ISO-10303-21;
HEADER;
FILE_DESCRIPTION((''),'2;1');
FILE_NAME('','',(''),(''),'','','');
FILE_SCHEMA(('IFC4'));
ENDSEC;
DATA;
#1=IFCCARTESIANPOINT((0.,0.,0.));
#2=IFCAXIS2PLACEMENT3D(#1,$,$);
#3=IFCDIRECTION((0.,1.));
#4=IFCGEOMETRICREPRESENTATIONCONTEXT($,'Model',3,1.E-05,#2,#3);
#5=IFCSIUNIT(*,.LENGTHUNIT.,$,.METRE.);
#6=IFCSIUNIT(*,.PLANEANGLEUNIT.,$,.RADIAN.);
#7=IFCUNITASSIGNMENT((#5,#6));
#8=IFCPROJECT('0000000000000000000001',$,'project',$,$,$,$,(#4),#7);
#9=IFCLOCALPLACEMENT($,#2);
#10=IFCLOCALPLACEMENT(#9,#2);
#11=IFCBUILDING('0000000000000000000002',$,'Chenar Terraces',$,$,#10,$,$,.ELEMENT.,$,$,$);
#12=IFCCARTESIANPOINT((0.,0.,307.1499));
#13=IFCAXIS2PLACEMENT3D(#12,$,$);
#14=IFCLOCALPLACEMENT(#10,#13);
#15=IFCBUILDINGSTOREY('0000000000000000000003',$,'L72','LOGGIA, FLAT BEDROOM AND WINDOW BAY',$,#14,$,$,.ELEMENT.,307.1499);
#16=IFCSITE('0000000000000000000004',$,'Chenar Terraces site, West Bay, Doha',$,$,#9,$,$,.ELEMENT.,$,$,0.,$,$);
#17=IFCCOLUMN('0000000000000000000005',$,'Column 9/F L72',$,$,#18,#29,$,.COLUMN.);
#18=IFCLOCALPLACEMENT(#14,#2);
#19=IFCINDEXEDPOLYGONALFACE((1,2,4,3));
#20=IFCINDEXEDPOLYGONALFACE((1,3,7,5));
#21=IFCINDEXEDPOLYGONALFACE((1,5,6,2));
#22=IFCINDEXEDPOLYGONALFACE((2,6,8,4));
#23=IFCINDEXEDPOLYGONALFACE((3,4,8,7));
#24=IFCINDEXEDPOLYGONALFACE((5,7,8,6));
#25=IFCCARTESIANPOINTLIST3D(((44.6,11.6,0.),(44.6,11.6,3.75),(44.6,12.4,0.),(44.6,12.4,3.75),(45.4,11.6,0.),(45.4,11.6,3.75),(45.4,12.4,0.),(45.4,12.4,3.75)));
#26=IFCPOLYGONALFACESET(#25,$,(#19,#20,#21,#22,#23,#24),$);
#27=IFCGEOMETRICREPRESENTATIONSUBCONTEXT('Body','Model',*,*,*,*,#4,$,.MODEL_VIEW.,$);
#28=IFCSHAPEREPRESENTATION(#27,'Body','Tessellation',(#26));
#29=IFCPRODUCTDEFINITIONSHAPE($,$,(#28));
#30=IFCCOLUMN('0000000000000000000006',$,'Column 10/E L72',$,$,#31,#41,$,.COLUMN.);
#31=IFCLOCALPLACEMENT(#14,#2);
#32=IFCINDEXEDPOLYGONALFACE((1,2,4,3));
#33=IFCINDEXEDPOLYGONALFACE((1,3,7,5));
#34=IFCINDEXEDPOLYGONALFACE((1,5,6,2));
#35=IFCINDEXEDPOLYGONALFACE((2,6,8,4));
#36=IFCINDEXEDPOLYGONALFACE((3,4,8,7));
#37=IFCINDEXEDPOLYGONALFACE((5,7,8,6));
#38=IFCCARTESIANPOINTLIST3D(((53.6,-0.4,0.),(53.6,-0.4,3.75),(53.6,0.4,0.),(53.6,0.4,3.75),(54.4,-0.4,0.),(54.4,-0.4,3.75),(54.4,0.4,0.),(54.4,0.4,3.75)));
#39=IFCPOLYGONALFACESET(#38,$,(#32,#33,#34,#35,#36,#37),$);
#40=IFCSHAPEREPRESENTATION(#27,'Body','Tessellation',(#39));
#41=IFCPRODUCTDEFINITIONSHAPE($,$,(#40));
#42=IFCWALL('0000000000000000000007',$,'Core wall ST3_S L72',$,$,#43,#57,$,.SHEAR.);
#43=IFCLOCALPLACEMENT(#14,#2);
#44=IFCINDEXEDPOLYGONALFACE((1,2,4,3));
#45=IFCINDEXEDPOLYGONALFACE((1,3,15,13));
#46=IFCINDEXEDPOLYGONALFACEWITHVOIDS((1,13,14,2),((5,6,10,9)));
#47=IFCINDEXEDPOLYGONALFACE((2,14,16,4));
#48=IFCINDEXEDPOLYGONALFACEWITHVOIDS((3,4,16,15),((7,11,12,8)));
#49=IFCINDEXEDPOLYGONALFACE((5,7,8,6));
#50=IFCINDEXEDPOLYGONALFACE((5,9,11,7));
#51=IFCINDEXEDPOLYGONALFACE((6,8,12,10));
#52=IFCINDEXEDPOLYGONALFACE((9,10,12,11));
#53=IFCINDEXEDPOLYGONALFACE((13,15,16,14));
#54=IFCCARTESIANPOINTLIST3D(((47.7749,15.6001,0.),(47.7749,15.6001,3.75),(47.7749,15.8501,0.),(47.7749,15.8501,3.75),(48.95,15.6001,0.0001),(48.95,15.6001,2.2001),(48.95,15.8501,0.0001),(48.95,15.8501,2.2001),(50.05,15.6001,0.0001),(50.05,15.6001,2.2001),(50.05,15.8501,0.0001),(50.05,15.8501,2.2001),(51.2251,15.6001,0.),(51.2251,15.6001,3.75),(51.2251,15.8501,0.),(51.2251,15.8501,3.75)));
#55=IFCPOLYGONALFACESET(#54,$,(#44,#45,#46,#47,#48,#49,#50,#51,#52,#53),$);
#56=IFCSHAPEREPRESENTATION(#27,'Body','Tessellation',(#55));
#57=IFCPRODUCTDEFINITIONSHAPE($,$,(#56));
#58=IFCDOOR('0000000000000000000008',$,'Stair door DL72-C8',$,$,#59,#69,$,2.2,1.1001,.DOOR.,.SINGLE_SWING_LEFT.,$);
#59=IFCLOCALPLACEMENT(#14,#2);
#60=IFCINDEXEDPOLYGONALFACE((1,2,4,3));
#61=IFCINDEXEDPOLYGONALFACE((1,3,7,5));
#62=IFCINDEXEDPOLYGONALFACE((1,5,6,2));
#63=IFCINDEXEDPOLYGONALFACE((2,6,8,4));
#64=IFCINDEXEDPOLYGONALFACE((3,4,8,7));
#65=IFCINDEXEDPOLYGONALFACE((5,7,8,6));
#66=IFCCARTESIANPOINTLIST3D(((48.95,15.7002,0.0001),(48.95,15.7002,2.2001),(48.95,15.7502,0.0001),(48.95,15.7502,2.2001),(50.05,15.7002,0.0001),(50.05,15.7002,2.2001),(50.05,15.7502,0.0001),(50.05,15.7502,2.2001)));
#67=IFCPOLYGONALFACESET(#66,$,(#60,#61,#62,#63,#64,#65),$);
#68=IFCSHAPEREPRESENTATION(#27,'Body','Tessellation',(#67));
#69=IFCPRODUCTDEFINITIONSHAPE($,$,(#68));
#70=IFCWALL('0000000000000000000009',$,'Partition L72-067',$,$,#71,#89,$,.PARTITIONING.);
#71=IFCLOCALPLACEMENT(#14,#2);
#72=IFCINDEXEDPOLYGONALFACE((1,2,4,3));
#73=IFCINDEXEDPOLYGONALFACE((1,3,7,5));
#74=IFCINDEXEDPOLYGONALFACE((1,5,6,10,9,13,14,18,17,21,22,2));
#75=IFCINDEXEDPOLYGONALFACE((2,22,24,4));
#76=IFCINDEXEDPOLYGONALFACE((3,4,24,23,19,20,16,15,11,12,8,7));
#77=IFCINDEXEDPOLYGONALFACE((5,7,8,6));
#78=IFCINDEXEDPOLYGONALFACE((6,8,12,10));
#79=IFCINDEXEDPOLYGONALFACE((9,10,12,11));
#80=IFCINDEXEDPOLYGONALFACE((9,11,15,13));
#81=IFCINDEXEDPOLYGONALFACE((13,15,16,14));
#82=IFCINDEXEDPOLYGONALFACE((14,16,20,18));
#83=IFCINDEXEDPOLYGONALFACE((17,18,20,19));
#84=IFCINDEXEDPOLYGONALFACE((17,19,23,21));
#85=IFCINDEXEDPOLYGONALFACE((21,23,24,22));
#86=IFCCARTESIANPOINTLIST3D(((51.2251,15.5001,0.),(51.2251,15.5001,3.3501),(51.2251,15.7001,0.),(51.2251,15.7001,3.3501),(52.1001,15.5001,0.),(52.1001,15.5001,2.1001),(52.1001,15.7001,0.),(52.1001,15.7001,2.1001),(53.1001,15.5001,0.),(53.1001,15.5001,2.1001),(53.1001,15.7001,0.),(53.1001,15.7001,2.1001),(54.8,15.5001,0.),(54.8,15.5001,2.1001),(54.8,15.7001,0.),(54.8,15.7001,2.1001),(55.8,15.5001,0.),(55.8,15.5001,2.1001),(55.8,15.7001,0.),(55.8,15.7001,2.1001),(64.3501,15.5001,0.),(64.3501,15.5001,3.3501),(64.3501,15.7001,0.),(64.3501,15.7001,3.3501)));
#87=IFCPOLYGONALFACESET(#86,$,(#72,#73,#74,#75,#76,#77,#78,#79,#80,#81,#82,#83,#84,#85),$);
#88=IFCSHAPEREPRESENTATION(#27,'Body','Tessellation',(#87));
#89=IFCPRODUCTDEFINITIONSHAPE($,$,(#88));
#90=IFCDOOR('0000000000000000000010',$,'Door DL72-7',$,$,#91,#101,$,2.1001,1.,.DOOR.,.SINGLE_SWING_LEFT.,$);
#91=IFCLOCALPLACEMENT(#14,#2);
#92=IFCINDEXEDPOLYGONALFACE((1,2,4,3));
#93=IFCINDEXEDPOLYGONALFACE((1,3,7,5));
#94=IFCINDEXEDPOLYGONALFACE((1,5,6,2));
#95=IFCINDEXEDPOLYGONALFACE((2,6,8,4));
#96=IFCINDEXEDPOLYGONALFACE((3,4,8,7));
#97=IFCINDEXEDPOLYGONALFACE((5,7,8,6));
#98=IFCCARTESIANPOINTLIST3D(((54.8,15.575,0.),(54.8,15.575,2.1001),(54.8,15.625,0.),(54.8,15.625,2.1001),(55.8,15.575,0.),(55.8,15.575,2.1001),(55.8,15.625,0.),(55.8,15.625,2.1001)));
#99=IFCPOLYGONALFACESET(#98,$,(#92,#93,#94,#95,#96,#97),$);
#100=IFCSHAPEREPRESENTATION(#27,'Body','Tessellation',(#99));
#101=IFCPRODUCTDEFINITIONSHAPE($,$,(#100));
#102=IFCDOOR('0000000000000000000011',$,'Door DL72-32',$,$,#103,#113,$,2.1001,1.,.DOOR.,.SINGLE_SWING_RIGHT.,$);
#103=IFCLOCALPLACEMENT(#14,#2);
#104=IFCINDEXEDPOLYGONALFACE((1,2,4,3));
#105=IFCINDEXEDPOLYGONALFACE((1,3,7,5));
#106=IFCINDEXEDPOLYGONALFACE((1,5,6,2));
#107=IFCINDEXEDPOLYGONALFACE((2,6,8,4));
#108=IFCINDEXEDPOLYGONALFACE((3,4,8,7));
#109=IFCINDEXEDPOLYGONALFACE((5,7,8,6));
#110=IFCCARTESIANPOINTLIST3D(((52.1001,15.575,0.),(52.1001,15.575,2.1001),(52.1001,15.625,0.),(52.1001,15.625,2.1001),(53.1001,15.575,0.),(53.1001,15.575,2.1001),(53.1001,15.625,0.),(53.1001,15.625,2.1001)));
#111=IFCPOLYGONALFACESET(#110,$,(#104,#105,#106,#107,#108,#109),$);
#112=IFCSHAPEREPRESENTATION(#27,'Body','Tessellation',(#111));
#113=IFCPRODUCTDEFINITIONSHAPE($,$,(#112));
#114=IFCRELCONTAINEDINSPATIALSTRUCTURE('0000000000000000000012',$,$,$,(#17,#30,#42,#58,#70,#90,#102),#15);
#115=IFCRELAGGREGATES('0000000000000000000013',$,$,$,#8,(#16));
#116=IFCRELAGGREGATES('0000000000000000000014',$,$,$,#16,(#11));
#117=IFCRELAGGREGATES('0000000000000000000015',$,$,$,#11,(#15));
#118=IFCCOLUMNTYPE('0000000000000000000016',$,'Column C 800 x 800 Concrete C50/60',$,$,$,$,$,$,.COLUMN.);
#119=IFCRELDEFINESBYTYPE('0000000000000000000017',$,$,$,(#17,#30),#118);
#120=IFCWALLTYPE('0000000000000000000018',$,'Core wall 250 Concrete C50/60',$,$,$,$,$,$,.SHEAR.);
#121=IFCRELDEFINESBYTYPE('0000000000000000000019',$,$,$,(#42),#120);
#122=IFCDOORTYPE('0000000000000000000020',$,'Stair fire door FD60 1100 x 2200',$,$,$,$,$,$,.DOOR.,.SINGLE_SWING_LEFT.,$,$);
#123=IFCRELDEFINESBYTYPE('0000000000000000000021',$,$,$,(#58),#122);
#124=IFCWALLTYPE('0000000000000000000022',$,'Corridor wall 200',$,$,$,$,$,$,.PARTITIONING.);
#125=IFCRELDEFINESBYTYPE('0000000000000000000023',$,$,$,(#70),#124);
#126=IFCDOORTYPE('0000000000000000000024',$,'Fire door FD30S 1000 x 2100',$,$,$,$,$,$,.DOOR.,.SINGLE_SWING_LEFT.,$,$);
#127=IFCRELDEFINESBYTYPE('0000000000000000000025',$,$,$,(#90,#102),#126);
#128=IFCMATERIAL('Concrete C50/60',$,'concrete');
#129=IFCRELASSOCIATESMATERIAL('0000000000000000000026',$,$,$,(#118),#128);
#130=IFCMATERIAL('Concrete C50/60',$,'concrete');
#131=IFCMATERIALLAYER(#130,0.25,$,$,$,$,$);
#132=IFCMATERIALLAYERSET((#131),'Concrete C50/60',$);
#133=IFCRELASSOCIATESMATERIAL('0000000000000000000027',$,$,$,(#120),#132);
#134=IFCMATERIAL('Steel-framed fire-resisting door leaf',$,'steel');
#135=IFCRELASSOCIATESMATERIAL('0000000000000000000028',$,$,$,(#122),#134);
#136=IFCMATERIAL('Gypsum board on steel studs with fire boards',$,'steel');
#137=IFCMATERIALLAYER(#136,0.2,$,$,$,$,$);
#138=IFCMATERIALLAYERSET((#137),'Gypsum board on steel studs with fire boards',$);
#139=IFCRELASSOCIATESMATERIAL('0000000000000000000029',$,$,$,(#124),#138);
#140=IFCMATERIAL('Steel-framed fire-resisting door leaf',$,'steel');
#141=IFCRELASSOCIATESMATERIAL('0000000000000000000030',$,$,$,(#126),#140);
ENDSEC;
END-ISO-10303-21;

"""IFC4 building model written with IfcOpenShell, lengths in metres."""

from ifc_helpers import new_model, si_unit, direction, frame, frame_2d, origin, origin_2d, place, context, subcontext, project, spatial, rectangle, extrude, material, layer, layer_set, material_profile, profile_set, type_object, element, fill, save


model = new_model("IFC4")

# Units and contexts
model_context = context("Model", 3, precision=1e-05, world=origin(), true_north=direction((0.0, 1.0)))
body_context = subcontext(model_context, "Body", "Model", "MODEL_VIEW")
ifc_project = project(units=[si_unit("LENGTHUNIT", "METRE"), si_unit("PLANEANGLEUNIT", "RADIAN")], contexts=[model_context])

# Site, building, storey
site_placement = place(None, origin())
site = spatial("IfcSite", under=ifc_project, at=site_placement, Name="Chenar Terraces site, West Bay, Doha", CompositionType="ELEMENT", RefElevation=0.0)
building_placement = place(site_placement, origin())
building = spatial("IfcBuilding", under=site, at=building_placement, Name="Chenar Terraces", CompositionType="ELEMENT")
storey_placement = place(building_placement, frame((0.0, 0.0, 307.1499)))
storey = spatial("IfcBuildingStorey", under=building, at=storey_placement, Name="L72", Description="LOGGIA, FLAT BEDROOM AND WINDOW BAY", CompositionType="ELEMENT", Elevation=307.1499)

# Columns
ifc_material_1 = material(Name="Concrete C50/60", Category="concrete")
ifc_material_profile = material_profile(ifc_material_1, rectangle(XDim=0.8, YDim=0.8, at=origin_2d()), Name="C 800 x 800")
ifc_profile_set = profile_set([ifc_material_profile], Name="Concrete C50/60")
column_type = type_object("IfcColumnType", Name="Column C 800 x 800 Concrete C50/60", PredefinedType="COLUMN", material=ifc_profile_set)
for number, where, z_axis, x_axis, name in (
    (1, (45.0, 12.0, 0.0), (0.0, 0.0, 1.0), (1.0, 0.0, 0.0), "Column 9/F L72"),
    (2, (54.0, 0.0, 0.0), (0.0, 0.0, 1.0), (1.0, 0.0, 0.0), "Column 10/E L72"),
):
    element("IfcColumn", number, at=place(storey_placement, frame(where, z_axis=z_axis, x_axis=x_axis)), inside=storey, type_object=column_type, Name=name, PredefinedType="COLUMN", context=body_context, shape_type="SweptSolid", body=[
        extrude(rectangle(XDim=0.8, YDim=0.8, at=origin_2d()), origin(), (0.0, 0.0, 1.0), 3.75),
    ])

# Wall, opening, door
ifc_material_2 = material(Name="Concrete C50/60", Category="concrete")
ifc_layer_1 = layer(ifc_material_2, 0.25)
ifc_layer_set_1 = layer_set([ifc_layer_1], Name="Concrete C50/60")
wall_type_1 = type_object("IfcWallType", Name="Core wall 250 Concrete C50/60", PredefinedType="SHEAR", material=ifc_layer_set_1)
wall_1_placement = place(storey_placement, frame((47.7749, 15.7251, 0.0), z_axis=(0.0, 0.0, 1.0), x_axis=(1.0, 0.0, 0.0)))
wall_1 = element("IfcWall", 3, at=wall_1_placement, inside=storey, type_object=wall_type_1, Name="Core wall ST3_S L72", PredefinedType="SHEAR", context=body_context, shape_type="SweptSolid", body=[
    extrude(rectangle(XDim=3.4502, YDim=0.25, at=frame_2d((1.7251, 0.0))), origin(), (0.0, 0.0, 1.0), 3.75),
])
opening_1_placement = place(wall_1_placement, frame((1.175, 0.0, 0.0)))
opening_1 = element("IfcOpeningElement", 4, at=opening_1_placement, cuts=wall_1, PredefinedType="OPENING", context=body_context, shape_type="SweptSolid", body=[
    extrude(rectangle(XDim=1.1001, YDim=2.2, at=frame_2d((0.55, 1.1001))), frame((0.0, 0.135, 0.0), z_axis=(0.0, -1.0, 0.0), x_axis=(1.0, 0.0, 0.0)), (0.0, 0.0, 1.0), 0.27),
])
ifc_material_3 = material(Name="Steel-framed fire-resisting door leaf", Category="steel")
door_type_1 = type_object("IfcDoorType", Name="Stair fire door FD60 1100 x 2200", OperationType="SINGLE_SWING_LEFT", PredefinedType="DOOR", material=ifc_material_3)
door_1_placement = place(opening_1_placement, frame((1.1001, 0.0, 0.0), z_axis=(0.0, 0.0, 1.0), x_axis=(-1.0, 0.0, 0.0)))
door_1 = element("IfcDoor", 5, at=door_1_placement, inside=storey, type_object=door_type_1, Name="Stair door DL72-C8", OperationType="SINGLE_SWING_LEFT", OverallHeight=2.2, OverallWidth=1.1001, PredefinedType="DOOR", context=body_context, shape_type="SweptSolid", body=[
    extrude(rectangle(XDim=1.1001, YDim=2.2, at=frame_2d((0.55, 1.1001))), frame((0.0, 0.0249, 0.0), z_axis=(0.0, -1.0, 0.0), x_axis=(1.0, 0.0, 0.0)), (0.0, 0.0, 1.0), 0.05),
])
fill(opening_1, door_1)

# Wall, openings, doors
ifc_material_4 = material(Name="Gypsum board on steel studs with fire boards", Category="steel")
ifc_layer_2 = layer(ifc_material_4, 0.2)
ifc_layer_set_2 = layer_set([ifc_layer_2], Name="Gypsum board on steel studs with fire boards")
wall_type_2 = type_object("IfcWallType", Name="Corridor wall 200", PredefinedType="PARTITIONING", material=ifc_layer_set_2)
wall_2_placement = place(storey_placement, frame((51.2251, 15.6001, 0.0), z_axis=(0.0, 0.0, 1.0), x_axis=(1.0, 0.0, 0.0)))
wall_2 = element("IfcWall", 6, at=wall_2_placement, inside=storey, type_object=wall_type_2, Name="Partition L72-067", PredefinedType="PARTITIONING", context=body_context, shape_type="SweptSolid", body=[
    extrude(rectangle(XDim=13.125, YDim=0.2, at=frame_2d((6.5625, 0.0))), origin(), (0.0, 0.0, 1.0), 3.3501),
])
opening_2_placement = place(wall_2_placement, frame((3.575, 0.0, 0.0)))
opening_2 = element("IfcOpeningElement", 7, at=opening_2_placement, cuts=wall_2, PredefinedType="OPENING", context=body_context, shape_type="SweptSolid", body=[
    extrude(rectangle(XDim=1.0, YDim=2.1001, at=frame_2d((0.5, 1.05))), frame((0.0, 0.1099, 0.0), z_axis=(0.0, -1.0, 0.0), x_axis=(1.0, 0.0, 0.0)), (0.0, 0.0, 1.0), 0.22),
])
opening_3_placement = place(wall_2_placement, frame((0.875, 0.0, 0.0)))
opening_3 = element("IfcOpeningElement", 8, at=opening_3_placement, cuts=wall_2, PredefinedType="OPENING", context=body_context, shape_type="SweptSolid", body=[
    extrude(rectangle(XDim=1.0, YDim=2.1001, at=frame_2d((0.5, 1.05))), frame((0.0, 0.1099, 0.0), z_axis=(0.0, -1.0, 0.0), x_axis=(1.0, 0.0, 0.0)), (0.0, 0.0, 1.0), 0.22),
])
ifc_material_5 = material(Name="Steel-framed fire-resisting door leaf", Category="steel")
door_type_2 = type_object("IfcDoorType", Name="Fire door FD30S 1000 x 2100", OperationType="SINGLE_SWING_LEFT", PredefinedType="DOOR", material=ifc_material_5)
door_2_placement = place(opening_2_placement, origin())
door_2 = element("IfcDoor", 9, at=door_2_placement, inside=storey, type_object=door_type_2, Name="Door DL72-7", OperationType="SINGLE_SWING_LEFT", OverallHeight=2.1001, OverallWidth=1.0, PredefinedType="DOOR", context=body_context, shape_type="SweptSolid", body=[
    extrude(rectangle(XDim=1.0, YDim=2.1001, at=frame_2d((0.5, 1.05))), frame((0.0, 0.0249, 0.0), z_axis=(0.0, -1.0, 0.0), x_axis=(1.0, 0.0, 0.0)), (0.0, 0.0, 1.0), 0.05),
])
fill(opening_2, door_2)
door_3_placement = place(opening_3_placement, origin())
door_3 = element("IfcDoor", 10, at=door_3_placement, inside=storey, type_object=door_type_2, Name="Door DL72-32", OperationType="SINGLE_SWING_RIGHT", OverallHeight=2.1001, OverallWidth=1.0, PredefinedType="DOOR", context=body_context, shape_type="SweptSolid", body=[
    extrude(rectangle(XDim=1.0, YDim=2.1001, at=frame_2d((0.5, 1.05))), frame((0.0, 0.0249, 0.0), z_axis=(0.0, -1.0, 0.0), x_axis=(1.0, 0.0, 0.0)), (0.0, 0.0, 1.0), 0.05),
])
fill(opening_3, door_3)

save(model, "model.ifc")
